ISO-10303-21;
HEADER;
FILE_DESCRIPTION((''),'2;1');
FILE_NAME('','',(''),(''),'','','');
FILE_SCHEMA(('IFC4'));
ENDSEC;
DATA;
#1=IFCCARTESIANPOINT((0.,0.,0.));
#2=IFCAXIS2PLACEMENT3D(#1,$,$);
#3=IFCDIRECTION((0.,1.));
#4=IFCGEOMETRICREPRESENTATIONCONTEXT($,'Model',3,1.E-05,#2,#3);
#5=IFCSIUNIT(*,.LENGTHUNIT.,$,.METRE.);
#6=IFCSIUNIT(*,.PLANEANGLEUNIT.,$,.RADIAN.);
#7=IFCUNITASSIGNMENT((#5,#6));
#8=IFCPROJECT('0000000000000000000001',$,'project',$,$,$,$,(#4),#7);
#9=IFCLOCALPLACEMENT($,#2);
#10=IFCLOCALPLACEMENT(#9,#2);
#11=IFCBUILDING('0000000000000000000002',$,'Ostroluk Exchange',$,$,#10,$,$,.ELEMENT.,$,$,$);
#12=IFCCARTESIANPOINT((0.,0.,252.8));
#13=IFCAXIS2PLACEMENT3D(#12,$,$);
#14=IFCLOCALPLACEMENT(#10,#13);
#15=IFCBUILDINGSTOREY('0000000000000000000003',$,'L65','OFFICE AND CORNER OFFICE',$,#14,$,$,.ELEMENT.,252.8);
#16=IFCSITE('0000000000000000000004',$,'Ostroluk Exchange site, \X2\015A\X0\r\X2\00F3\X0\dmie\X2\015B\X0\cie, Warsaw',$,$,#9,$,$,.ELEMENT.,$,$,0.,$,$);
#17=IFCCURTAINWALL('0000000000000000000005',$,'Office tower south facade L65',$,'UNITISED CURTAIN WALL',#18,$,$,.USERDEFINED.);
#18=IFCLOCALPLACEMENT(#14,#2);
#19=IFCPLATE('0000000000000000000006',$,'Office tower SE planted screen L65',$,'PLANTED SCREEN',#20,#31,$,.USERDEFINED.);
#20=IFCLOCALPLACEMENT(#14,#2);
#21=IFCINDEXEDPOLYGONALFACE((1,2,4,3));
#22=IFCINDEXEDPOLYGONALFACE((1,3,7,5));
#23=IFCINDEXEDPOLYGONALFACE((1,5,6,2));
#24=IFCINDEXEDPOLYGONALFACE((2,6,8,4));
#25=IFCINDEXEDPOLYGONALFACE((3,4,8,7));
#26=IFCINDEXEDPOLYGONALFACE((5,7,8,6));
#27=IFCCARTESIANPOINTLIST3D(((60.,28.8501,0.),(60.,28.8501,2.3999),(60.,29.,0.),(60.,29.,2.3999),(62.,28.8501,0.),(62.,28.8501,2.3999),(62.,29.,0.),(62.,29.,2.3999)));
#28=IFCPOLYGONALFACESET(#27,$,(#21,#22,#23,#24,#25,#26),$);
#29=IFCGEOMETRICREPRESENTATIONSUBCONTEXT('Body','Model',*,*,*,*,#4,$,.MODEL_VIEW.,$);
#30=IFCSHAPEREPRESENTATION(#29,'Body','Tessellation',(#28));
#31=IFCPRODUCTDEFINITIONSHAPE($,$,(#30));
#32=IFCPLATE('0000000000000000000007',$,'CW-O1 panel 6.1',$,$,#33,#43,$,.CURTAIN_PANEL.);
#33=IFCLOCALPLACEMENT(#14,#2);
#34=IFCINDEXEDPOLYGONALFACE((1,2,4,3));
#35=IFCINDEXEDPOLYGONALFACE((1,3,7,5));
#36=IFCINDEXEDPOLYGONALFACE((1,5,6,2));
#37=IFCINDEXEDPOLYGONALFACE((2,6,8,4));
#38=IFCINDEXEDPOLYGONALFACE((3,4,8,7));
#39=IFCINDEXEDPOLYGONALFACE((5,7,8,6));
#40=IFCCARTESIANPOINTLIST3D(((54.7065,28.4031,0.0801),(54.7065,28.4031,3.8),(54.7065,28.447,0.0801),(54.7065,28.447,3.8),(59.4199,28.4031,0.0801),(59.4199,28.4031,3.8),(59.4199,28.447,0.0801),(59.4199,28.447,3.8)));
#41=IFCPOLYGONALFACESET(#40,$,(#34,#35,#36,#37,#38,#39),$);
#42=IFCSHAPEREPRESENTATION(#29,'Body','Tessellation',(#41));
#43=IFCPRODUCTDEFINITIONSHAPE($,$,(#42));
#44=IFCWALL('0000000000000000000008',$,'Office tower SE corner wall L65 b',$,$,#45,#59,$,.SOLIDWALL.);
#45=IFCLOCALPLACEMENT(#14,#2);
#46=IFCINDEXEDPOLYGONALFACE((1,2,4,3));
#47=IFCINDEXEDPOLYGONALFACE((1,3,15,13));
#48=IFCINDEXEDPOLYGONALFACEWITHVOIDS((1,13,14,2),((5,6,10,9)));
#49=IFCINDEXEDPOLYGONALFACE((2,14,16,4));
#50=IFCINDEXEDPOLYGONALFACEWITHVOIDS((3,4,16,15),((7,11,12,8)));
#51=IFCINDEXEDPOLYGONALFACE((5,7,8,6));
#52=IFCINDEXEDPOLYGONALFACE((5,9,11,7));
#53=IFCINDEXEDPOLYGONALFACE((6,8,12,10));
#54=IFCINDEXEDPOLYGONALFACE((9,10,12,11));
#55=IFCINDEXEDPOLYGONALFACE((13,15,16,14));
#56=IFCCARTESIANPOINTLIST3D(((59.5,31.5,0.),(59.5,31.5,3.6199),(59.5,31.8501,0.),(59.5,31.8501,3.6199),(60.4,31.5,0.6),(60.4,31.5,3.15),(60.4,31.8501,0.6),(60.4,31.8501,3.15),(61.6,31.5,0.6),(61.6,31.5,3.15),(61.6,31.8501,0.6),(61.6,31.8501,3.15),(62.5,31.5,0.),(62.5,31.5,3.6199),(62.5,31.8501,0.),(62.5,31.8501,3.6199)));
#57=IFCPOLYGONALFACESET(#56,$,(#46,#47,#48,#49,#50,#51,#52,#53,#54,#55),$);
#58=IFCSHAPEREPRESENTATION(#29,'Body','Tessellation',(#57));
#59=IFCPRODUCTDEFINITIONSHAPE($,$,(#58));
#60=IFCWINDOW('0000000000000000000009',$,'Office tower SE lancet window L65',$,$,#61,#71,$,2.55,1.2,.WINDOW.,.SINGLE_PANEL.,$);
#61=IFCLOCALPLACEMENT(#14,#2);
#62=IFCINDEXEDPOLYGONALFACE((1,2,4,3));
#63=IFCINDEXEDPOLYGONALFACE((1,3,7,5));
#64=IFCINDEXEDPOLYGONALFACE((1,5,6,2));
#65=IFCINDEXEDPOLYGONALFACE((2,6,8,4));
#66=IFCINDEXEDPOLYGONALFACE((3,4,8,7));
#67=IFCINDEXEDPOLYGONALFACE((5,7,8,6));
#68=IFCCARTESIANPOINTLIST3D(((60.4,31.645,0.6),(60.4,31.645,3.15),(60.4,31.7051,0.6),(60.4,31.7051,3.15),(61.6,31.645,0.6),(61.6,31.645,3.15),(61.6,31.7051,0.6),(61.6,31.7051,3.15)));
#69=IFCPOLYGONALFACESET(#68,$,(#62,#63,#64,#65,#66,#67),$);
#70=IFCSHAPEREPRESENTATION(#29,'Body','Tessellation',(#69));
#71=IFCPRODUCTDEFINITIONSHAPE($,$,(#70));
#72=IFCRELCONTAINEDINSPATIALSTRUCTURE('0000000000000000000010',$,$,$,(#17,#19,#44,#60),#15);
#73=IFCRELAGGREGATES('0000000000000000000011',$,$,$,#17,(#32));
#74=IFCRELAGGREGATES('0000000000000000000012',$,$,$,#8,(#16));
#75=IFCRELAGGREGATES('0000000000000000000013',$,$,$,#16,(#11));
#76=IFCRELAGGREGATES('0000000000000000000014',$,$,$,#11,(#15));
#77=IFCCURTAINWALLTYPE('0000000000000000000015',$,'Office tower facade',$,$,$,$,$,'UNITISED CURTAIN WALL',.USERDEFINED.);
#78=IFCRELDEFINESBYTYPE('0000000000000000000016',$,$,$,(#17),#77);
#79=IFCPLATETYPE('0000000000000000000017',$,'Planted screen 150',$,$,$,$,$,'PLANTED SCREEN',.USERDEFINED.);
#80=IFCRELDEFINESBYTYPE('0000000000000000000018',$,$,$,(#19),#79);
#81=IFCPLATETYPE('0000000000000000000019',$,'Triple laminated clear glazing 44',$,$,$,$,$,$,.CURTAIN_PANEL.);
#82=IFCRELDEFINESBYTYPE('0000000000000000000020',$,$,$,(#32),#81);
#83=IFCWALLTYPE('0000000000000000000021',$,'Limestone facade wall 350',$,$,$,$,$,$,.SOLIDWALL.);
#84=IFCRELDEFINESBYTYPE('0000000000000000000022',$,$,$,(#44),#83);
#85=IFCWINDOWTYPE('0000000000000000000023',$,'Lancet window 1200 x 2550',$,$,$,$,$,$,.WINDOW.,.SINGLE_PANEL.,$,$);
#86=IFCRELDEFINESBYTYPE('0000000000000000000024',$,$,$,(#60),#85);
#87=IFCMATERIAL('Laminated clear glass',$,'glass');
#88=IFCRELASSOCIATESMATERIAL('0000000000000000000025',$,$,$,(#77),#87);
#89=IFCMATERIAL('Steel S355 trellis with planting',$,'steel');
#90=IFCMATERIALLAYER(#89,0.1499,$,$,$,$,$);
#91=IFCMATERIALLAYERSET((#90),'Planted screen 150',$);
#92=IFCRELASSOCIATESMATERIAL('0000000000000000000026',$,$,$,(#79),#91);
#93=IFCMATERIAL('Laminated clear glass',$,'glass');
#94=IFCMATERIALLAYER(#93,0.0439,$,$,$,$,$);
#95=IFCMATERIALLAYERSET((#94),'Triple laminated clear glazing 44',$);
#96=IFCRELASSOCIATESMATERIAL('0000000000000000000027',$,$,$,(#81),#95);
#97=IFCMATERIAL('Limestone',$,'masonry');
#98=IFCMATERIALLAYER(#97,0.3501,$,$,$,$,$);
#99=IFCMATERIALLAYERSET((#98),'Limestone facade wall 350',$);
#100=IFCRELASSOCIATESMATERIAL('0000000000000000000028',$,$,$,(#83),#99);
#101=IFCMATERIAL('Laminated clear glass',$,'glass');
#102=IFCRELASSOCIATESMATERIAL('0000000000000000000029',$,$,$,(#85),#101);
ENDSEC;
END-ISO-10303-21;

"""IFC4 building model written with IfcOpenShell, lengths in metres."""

from ifc_helpers import new_model, si_unit, direction, frame, frame_2d, origin, origin_2d, place, context, subcontext, project, spatial, rectangle, extrude, material, layer, layer_set, type_object, element, fill, aggregate, save


model = new_model("IFC4")

# Units and contexts
model_context = context("Model", 3, precision=1e-05, world=origin(), true_north=direction((0.0, 1.0)))
body_context = subcontext(model_context, "Body", "Model", "MODEL_VIEW")
ifc_project = project(units=[si_unit("LENGTHUNIT", "METRE"), si_unit("PLANEANGLEUNIT", "RADIAN")], contexts=[model_context])

# Site, building, storey
site_placement = place(None, origin())
site = spatial("IfcSite", under=ifc_project, at=site_placement, Name="Ostroluk Exchange site, Śródmieście, Warsaw", CompositionType="ELEMENT", RefElevation=0.0)
building_placement = place(site_placement, origin())
building = spatial("IfcBuilding", under=site, at=building_placement, Name="Ostroluk Exchange", CompositionType="ELEMENT")
storey_placement = place(building_placement, frame((0.0, 0.0, 252.8)))
storey = spatial("IfcBuildingStorey", under=building, at=storey_placement, Name="L65", Description="OFFICE AND CORNER OFFICE", CompositionType="ELEMENT", Elevation=252.8)

# Curtain wall
ifc_material_1 = material(Name="Laminated clear glass", Category="glass")
curtain_wall_type = type_object("IfcCurtainWallType", Name="Office tower facade", ElementType="UNITISED CURTAIN WALL", PredefinedType="USERDEFINED", material=ifc_material_1)
curtain_wall_1_placement = place(storey_placement, origin())
curtain_wall_1 = element("IfcCurtainWall", 1, at=curtain_wall_1_placement, inside=storey, type_object=curtain_wall_type, Name="Office tower south facade L65", ObjectType="UNITISED CURTAIN WALL", PredefinedType="USERDEFINED")

# Plates
ifc_material_2 = material(Name="Steel S355 trellis with planting", Category="steel")
ifc_layer_1 = layer(ifc_material_2, 0.1499)
ifc_layer_set_1 = layer_set([ifc_layer_1], Name="Planted screen 150")
plate_type_1 = type_object("IfcPlateType", Name="Planted screen 150", ElementType="PLANTED SCREEN", PredefinedType="USERDEFINED", material=ifc_layer_set_1)
plate_1_placement = place(storey_placement, frame((61.0, 28.925, 0.0), z_axis=(0.0, 0.0, 1.0), x_axis=(1.0, 0.0, 0.0)))
element("IfcPlate", 2, at=plate_1_placement, inside=storey, type_object=plate_type_1, Name="Office tower SE planted screen L65", ObjectType="PLANTED SCREEN", PredefinedType="USERDEFINED", context=body_context, shape_type="SweptSolid", body=[
    extrude(rectangle(XDim=2.0, YDim=0.1499, at=origin_2d()), origin(), (0.0, 0.0, 1.0), 2.3999),
])
ifc_material_3 = material(Name="Laminated clear glass", Category="glass")
ifc_layer_2 = layer(ifc_material_3, 0.0439)
ifc_layer_set_2 = layer_set([ifc_layer_2], Name="Triple laminated clear glazing 44")
plate_type_2 = type_object("IfcPlateType", Name="Triple laminated clear glazing 44", PredefinedType="CURTAIN_PANEL", material=ifc_layer_set_2)
plate_2_placement = place(storey_placement, frame((57.0632, 28.425, 0.0801), z_axis=(0.0, 0.0, 1.0), x_axis=(1.0, 0.0, 0.0)))
plate_2 = element("IfcPlate", 3, at=plate_2_placement, type_object=plate_type_2, Name="CW-O1 panel 6.1", PredefinedType="CURTAIN_PANEL", context=body_context, shape_type="SweptSolid", body=[
    extrude(rectangle(XDim=4.7134, YDim=0.0439, at=origin_2d()), origin(), (0.0, 0.0, 1.0), 3.72),
])
aggregate(curtain_wall_1, [plate_2])

# Shared definitions
ifc_material_4 = material(Name="Limestone", Category="masonry")
ifc_layer_3 = layer(ifc_material_4, 0.3501)
ifc_layer_set_3 = layer_set([ifc_layer_3], Name="Limestone facade wall 350")
wall_type = type_object("IfcWallType", Name="Limestone facade wall 350", PredefinedType="SOLIDWALL", material=ifc_layer_set_3)

# Wall, opening, window
wall_1_placement = place(storey_placement, frame((59.5, 31.675, 0.0), z_axis=(0.0, 0.0, 1.0), x_axis=(1.0, 0.0, 0.0)))
wall_1 = element("IfcWall", 4, at=wall_1_placement, inside=storey, type_object=wall_type, Name="Office tower SE corner wall L65 b", PredefinedType="SOLIDWALL", context=body_context, shape_type="SweptSolid", body=[
    extrude(rectangle(XDim=3.0, YDim=0.3501, at=frame_2d((1.5, 0.0))), origin(), (0.0, 0.0, 1.0), 3.6199),
])
opening_1_placement = place(wall_1_placement, frame((0.8999, 0.0, 0.6001)))
opening_1 = element("IfcOpeningElement", 5, at=opening_1_placement, cuts=wall_1, PredefinedType="OPENING", context=body_context, shape_type="SweptSolid", body=[
    extrude(rectangle(XDim=1.2, YDim=2.55, at=frame_2d((0.6001, 1.2749))), frame((0.0, 0.1851, 0.0), z_axis=(0.0, -1.0, 0.0), x_axis=(1.0, 0.0, 0.0)), (0.0, 0.0, 1.0), 0.3701),
])
ifc_material_5 = material(Name="Laminated clear glass", Category="glass")
window_type = type_object("IfcWindowType", Name="Lancet window 1200 x 2550", PartitioningType="SINGLE_PANEL", PredefinedType="WINDOW", material=ifc_material_5)
window_placement = place(opening_1_placement, origin())
window = element("IfcWindow", 6, at=window_placement, inside=storey, type_object=window_type, Name="Office tower SE lancet window L65", OverallHeight=2.55, OverallWidth=1.2, PartitioningType="SINGLE_PANEL", PredefinedType="WINDOW", context=body_context, shape_type="SweptSolid", body=[
    extrude(rectangle(XDim=1.2, YDim=2.55, at=frame_2d((0.6001, 1.2749))), frame((0.0, 0.03, 0.0), z_axis=(0.0, -1.0, 0.0), x_axis=(1.0, 0.0, 0.0)), (0.0, 0.0, 1.0), 0.0601),
])
fill(opening_1, window)

save(model, "model.ifc")
